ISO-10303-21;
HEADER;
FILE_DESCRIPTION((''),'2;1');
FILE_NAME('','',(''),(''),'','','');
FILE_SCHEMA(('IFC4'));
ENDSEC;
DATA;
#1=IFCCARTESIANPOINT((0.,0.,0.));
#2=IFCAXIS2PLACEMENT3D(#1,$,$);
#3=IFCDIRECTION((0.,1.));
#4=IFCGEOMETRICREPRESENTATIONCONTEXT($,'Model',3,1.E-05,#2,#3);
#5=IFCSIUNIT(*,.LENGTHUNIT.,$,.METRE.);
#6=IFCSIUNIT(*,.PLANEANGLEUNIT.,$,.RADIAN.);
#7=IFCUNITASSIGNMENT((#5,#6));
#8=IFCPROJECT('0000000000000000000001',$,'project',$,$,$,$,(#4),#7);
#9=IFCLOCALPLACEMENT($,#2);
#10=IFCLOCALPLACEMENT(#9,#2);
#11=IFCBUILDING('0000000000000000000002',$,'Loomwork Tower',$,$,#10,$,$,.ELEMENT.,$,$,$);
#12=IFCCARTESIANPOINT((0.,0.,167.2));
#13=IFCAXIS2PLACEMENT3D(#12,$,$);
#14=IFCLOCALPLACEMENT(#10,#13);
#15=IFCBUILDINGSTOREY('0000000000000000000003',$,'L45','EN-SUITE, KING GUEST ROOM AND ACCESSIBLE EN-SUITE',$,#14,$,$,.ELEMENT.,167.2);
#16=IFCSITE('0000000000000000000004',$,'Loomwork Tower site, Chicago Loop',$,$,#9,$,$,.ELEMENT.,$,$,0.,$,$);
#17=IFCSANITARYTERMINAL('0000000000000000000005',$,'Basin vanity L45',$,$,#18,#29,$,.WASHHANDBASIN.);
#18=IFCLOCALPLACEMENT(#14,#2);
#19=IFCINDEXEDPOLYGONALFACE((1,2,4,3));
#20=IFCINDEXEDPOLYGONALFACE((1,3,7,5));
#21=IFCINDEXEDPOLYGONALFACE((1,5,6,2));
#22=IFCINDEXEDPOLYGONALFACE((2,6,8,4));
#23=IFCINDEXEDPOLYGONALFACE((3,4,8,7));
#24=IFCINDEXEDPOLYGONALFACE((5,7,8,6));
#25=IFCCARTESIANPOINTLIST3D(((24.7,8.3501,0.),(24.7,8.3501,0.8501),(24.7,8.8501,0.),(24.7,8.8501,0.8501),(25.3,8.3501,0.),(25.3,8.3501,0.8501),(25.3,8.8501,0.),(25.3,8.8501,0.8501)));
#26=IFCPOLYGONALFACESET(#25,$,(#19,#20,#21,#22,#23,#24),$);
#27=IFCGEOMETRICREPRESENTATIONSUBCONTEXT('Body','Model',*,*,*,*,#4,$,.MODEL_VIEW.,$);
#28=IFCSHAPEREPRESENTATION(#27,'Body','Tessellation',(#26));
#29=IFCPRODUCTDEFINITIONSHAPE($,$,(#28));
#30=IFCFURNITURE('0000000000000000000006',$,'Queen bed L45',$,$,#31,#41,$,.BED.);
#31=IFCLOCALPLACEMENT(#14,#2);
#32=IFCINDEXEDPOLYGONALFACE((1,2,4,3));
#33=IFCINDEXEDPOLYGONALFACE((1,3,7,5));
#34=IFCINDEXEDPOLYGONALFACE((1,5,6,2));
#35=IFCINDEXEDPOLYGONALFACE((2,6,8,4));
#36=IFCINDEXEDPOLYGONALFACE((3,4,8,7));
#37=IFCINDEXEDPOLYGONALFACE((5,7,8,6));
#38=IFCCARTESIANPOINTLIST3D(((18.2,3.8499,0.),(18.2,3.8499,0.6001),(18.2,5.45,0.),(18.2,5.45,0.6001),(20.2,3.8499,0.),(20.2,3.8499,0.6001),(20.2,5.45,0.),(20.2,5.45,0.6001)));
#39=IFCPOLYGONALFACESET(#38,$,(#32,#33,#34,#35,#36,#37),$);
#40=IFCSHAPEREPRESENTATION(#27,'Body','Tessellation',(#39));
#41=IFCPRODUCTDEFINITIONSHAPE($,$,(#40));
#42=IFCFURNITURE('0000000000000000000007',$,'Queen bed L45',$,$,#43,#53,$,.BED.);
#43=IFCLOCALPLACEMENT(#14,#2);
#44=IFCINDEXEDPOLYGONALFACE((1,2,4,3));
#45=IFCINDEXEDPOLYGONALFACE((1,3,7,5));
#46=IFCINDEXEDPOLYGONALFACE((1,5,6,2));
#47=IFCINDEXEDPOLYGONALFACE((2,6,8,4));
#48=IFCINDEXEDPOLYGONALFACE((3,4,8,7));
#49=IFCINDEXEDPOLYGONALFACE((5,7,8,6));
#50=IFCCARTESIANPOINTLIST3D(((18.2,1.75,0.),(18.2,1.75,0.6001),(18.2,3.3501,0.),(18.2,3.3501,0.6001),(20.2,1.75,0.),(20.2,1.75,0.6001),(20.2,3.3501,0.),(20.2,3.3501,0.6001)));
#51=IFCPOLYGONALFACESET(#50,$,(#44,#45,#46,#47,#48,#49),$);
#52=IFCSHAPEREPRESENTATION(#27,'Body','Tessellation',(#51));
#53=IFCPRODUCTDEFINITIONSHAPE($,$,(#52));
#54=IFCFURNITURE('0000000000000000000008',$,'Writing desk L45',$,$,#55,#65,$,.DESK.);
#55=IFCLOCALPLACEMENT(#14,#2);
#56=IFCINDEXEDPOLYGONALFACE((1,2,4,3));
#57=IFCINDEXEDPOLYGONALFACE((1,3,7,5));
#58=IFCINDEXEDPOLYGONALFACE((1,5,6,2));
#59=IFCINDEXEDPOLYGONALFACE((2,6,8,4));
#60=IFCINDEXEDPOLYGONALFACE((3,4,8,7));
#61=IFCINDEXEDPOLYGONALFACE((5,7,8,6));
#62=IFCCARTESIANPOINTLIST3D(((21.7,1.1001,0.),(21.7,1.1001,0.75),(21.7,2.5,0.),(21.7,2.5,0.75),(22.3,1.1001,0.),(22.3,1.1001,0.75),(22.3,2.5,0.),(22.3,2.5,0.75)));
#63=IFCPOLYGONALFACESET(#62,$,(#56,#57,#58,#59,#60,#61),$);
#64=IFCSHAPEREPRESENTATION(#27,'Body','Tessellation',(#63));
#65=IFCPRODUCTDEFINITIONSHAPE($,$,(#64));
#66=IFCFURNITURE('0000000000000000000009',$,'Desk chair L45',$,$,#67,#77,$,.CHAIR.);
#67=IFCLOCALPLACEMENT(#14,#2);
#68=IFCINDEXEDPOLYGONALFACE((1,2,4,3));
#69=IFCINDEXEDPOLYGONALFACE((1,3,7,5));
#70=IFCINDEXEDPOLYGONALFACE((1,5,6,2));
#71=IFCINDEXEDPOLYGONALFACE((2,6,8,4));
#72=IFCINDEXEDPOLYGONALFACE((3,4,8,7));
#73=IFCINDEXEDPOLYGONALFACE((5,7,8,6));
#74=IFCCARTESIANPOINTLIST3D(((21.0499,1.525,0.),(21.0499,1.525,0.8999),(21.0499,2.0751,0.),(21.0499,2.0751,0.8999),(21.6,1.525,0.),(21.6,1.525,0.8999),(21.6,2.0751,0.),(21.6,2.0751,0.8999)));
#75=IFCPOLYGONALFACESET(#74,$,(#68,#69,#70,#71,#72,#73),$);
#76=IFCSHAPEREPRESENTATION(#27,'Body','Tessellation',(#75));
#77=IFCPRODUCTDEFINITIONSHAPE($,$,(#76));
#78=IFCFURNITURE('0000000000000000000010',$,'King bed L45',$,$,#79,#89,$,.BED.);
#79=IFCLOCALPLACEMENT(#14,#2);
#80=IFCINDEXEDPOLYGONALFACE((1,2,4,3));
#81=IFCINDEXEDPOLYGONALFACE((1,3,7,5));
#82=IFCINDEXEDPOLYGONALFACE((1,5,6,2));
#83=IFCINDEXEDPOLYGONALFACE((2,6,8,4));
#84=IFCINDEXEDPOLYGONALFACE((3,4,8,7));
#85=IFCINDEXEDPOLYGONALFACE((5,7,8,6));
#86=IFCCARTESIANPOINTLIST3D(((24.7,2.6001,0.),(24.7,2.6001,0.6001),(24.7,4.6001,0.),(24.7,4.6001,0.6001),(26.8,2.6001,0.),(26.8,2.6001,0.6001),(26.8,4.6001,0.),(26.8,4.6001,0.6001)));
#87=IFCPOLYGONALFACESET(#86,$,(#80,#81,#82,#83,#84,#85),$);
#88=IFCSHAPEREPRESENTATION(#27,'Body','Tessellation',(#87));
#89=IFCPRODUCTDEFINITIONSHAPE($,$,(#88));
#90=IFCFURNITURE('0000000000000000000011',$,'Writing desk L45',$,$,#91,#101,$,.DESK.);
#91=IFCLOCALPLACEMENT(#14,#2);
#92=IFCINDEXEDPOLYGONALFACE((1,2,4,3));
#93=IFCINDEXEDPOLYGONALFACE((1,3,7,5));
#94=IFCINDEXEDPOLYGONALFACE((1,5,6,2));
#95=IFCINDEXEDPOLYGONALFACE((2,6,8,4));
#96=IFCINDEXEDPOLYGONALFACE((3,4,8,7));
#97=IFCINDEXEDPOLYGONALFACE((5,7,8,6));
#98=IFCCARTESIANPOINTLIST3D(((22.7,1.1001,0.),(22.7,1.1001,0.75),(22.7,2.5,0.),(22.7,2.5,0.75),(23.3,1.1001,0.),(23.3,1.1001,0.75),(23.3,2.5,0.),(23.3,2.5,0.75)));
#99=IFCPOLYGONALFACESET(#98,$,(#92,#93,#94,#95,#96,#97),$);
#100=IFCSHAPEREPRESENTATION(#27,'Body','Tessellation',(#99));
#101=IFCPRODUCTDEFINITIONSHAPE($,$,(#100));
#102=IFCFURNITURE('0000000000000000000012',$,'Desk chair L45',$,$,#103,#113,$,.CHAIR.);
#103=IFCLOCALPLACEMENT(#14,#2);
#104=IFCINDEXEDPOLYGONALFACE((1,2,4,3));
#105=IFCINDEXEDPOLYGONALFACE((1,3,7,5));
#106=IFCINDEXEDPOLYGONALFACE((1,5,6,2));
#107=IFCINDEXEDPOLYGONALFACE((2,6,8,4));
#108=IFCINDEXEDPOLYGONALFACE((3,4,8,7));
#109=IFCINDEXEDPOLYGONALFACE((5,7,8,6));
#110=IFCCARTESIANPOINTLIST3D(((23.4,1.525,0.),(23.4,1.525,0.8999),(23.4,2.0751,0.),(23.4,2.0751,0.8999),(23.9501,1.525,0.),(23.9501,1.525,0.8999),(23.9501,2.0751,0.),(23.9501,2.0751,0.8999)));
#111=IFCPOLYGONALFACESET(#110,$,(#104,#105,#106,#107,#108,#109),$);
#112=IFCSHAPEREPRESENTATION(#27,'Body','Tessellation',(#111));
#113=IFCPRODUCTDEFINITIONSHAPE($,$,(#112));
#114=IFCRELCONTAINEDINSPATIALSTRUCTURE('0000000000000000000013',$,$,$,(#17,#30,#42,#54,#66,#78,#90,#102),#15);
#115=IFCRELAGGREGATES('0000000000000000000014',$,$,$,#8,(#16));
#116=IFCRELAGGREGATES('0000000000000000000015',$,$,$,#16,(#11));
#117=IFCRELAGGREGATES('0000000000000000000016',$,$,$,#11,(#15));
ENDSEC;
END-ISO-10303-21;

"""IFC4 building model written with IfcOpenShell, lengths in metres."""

from ifc_helpers import new_model, si_unit, direction, frame, origin, origin_2d, place, context, subcontext, project, spatial, rectangle, extrude, element, save


model = new_model("IFC4")

# Units and contexts
model_context = context("Model", 3, precision=1e-05, world=origin(), true_north=direction((0.0, 1.0)))
body_context = subcontext(model_context, "Body", "Model", "MODEL_VIEW")
ifc_project = project(units=[si_unit("LENGTHUNIT", "METRE"), si_unit("PLANEANGLEUNIT", "RADIAN")], contexts=[model_context])

# Site, building, storey
site_placement = place(None, origin())
site = spatial("IfcSite", under=ifc_project, at=site_placement, Name="Loomwork Tower site, Chicago Loop", CompositionType="ELEMENT", RefElevation=0.0)
building_placement = place(site_placement, origin())
building = spatial("IfcBuilding", under=site, at=building_placement, Name="Loomwork Tower", CompositionType="ELEMENT")
storey_placement = place(building_placement, frame((0.0, 0.0, 167.2)))
storey = spatial("IfcBuildingStorey", under=building, at=storey_placement, Name="L45", Description="EN-SUITE, KING GUEST ROOM AND ACCESSIBLE EN-SUITE", CompositionType="ELEMENT", Elevation=167.2)

# Sanitary terminal
sanitary_terminal_1_placement = place(storey_placement, frame((25.0, 8.6001, 0.0), z_axis=(0.0, 0.0, 1.0), x_axis=(1.0, 0.0, 0.0)))
element("IfcSanitaryTerminal", 1, at=sanitary_terminal_1_placement, inside=storey, Name="Basin vanity L45", PredefinedType="WASHHANDBASIN", context=body_context, shape_type="SweptSolid", body=[
    extrude(rectangle(XDim=0.6001, YDim=0.5, at=origin_2d()), origin(), (0.0, 0.0, 1.0), 0.8501),
])

# Furniture
for number, where, z_axis, x_axis, name in (
    (2, (19.2, 4.6499, 0.0), (0.0, 0.0, 1.0), (1.0, 0.0, 0.0), "Queen bed L45"),
    (3, (19.2, 2.55, 0.0), (0.0, 0.0, 1.0), (1.0, 0.0, 0.0), "Queen bed L45"),
):
    element("IfcFurniture", number, at=place(storey_placement, frame(where, z_axis=z_axis, x_axis=x_axis)), inside=storey, Name=name, PredefinedType="BED", context=body_context, shape_type="SweptSolid", body=[
        extrude(rectangle(XDim=2.0, YDim=1.6001, at=origin_2d()), origin(), (0.0, 0.0, 1.0), 0.6001),
    ])
furniture_1_placement = place(storey_placement, frame((22.0, 1.8, 0.0), z_axis=(0.0, 0.0, 1.0), x_axis=(1.0, 0.0, 0.0)))
element("IfcFurniture", 4, at=furniture_1_placement, inside=storey, Name="Writing desk L45", PredefinedType="DESK", context=body_context, shape_type="SweptSolid", body=[
    extrude(rectangle(XDim=0.6001, YDim=1.3999, at=origin_2d()), origin(), (0.0, 0.0, 1.0), 0.75),
])
furniture_2_placement = place(storey_placement, frame((21.325, 1.8, 0.0), z_axis=(0.0, 0.0, 1.0), x_axis=(1.0, 0.0, 0.0)))
element("IfcFurniture", 5, at=furniture_2_placement, inside=storey, Name="Desk chair L45", PredefinedType="CHAIR", context=body_context, shape_type="SweptSolid", body=[
    extrude(rectangle(XDim=0.55, YDim=0.55, at=origin_2d()), origin(), (0.0, 0.0, 1.0), 0.8999),
])
furniture_3_placement = place(storey_placement, frame((25.75, 3.6001, 0.0), z_axis=(0.0, 0.0, 1.0), x_axis=(1.0, 0.0, 0.0)))
element("IfcFurniture", 6, at=furniture_3_placement, inside=storey, Name="King bed L45", PredefinedType="BED", context=body_context, shape_type="SweptSolid", body=[
    extrude(rectangle(XDim=2.1001, YDim=2.0, at=origin_2d()), origin(), (0.0, 0.0, 1.0), 0.6001),
])
furniture_4_placement = place(storey_placement, frame((23.0, 1.8, 0.0), z_axis=(0.0, 0.0, 1.0), x_axis=(1.0, 0.0, 0.0)))
element("IfcFurniture", 7, at=furniture_4_placement, inside=storey, Name="Writing desk L45", PredefinedType="DESK", context=body_context, shape_type="SweptSolid", body=[
    extrude(rectangle(XDim=0.6001, YDim=1.3999, at=origin_2d()), origin(), (0.0, 0.0, 1.0), 0.75),
])
furniture_5_placement = place(storey_placement, frame((23.675, 1.8, 0.0), z_axis=(0.0, 0.0, 1.0), x_axis=(1.0, 0.0, 0.0)))
element("IfcFurniture", 8, at=furniture_5_placement, inside=storey, Name="Desk chair L45", PredefinedType="CHAIR", context=body_context, shape_type="SweptSolid", body=[
    extrude(rectangle(XDim=0.55, YDim=0.55, at=origin_2d()), origin(), (0.0, 0.0, 1.0), 0.8999),
])

save(model, "model.ifc")
